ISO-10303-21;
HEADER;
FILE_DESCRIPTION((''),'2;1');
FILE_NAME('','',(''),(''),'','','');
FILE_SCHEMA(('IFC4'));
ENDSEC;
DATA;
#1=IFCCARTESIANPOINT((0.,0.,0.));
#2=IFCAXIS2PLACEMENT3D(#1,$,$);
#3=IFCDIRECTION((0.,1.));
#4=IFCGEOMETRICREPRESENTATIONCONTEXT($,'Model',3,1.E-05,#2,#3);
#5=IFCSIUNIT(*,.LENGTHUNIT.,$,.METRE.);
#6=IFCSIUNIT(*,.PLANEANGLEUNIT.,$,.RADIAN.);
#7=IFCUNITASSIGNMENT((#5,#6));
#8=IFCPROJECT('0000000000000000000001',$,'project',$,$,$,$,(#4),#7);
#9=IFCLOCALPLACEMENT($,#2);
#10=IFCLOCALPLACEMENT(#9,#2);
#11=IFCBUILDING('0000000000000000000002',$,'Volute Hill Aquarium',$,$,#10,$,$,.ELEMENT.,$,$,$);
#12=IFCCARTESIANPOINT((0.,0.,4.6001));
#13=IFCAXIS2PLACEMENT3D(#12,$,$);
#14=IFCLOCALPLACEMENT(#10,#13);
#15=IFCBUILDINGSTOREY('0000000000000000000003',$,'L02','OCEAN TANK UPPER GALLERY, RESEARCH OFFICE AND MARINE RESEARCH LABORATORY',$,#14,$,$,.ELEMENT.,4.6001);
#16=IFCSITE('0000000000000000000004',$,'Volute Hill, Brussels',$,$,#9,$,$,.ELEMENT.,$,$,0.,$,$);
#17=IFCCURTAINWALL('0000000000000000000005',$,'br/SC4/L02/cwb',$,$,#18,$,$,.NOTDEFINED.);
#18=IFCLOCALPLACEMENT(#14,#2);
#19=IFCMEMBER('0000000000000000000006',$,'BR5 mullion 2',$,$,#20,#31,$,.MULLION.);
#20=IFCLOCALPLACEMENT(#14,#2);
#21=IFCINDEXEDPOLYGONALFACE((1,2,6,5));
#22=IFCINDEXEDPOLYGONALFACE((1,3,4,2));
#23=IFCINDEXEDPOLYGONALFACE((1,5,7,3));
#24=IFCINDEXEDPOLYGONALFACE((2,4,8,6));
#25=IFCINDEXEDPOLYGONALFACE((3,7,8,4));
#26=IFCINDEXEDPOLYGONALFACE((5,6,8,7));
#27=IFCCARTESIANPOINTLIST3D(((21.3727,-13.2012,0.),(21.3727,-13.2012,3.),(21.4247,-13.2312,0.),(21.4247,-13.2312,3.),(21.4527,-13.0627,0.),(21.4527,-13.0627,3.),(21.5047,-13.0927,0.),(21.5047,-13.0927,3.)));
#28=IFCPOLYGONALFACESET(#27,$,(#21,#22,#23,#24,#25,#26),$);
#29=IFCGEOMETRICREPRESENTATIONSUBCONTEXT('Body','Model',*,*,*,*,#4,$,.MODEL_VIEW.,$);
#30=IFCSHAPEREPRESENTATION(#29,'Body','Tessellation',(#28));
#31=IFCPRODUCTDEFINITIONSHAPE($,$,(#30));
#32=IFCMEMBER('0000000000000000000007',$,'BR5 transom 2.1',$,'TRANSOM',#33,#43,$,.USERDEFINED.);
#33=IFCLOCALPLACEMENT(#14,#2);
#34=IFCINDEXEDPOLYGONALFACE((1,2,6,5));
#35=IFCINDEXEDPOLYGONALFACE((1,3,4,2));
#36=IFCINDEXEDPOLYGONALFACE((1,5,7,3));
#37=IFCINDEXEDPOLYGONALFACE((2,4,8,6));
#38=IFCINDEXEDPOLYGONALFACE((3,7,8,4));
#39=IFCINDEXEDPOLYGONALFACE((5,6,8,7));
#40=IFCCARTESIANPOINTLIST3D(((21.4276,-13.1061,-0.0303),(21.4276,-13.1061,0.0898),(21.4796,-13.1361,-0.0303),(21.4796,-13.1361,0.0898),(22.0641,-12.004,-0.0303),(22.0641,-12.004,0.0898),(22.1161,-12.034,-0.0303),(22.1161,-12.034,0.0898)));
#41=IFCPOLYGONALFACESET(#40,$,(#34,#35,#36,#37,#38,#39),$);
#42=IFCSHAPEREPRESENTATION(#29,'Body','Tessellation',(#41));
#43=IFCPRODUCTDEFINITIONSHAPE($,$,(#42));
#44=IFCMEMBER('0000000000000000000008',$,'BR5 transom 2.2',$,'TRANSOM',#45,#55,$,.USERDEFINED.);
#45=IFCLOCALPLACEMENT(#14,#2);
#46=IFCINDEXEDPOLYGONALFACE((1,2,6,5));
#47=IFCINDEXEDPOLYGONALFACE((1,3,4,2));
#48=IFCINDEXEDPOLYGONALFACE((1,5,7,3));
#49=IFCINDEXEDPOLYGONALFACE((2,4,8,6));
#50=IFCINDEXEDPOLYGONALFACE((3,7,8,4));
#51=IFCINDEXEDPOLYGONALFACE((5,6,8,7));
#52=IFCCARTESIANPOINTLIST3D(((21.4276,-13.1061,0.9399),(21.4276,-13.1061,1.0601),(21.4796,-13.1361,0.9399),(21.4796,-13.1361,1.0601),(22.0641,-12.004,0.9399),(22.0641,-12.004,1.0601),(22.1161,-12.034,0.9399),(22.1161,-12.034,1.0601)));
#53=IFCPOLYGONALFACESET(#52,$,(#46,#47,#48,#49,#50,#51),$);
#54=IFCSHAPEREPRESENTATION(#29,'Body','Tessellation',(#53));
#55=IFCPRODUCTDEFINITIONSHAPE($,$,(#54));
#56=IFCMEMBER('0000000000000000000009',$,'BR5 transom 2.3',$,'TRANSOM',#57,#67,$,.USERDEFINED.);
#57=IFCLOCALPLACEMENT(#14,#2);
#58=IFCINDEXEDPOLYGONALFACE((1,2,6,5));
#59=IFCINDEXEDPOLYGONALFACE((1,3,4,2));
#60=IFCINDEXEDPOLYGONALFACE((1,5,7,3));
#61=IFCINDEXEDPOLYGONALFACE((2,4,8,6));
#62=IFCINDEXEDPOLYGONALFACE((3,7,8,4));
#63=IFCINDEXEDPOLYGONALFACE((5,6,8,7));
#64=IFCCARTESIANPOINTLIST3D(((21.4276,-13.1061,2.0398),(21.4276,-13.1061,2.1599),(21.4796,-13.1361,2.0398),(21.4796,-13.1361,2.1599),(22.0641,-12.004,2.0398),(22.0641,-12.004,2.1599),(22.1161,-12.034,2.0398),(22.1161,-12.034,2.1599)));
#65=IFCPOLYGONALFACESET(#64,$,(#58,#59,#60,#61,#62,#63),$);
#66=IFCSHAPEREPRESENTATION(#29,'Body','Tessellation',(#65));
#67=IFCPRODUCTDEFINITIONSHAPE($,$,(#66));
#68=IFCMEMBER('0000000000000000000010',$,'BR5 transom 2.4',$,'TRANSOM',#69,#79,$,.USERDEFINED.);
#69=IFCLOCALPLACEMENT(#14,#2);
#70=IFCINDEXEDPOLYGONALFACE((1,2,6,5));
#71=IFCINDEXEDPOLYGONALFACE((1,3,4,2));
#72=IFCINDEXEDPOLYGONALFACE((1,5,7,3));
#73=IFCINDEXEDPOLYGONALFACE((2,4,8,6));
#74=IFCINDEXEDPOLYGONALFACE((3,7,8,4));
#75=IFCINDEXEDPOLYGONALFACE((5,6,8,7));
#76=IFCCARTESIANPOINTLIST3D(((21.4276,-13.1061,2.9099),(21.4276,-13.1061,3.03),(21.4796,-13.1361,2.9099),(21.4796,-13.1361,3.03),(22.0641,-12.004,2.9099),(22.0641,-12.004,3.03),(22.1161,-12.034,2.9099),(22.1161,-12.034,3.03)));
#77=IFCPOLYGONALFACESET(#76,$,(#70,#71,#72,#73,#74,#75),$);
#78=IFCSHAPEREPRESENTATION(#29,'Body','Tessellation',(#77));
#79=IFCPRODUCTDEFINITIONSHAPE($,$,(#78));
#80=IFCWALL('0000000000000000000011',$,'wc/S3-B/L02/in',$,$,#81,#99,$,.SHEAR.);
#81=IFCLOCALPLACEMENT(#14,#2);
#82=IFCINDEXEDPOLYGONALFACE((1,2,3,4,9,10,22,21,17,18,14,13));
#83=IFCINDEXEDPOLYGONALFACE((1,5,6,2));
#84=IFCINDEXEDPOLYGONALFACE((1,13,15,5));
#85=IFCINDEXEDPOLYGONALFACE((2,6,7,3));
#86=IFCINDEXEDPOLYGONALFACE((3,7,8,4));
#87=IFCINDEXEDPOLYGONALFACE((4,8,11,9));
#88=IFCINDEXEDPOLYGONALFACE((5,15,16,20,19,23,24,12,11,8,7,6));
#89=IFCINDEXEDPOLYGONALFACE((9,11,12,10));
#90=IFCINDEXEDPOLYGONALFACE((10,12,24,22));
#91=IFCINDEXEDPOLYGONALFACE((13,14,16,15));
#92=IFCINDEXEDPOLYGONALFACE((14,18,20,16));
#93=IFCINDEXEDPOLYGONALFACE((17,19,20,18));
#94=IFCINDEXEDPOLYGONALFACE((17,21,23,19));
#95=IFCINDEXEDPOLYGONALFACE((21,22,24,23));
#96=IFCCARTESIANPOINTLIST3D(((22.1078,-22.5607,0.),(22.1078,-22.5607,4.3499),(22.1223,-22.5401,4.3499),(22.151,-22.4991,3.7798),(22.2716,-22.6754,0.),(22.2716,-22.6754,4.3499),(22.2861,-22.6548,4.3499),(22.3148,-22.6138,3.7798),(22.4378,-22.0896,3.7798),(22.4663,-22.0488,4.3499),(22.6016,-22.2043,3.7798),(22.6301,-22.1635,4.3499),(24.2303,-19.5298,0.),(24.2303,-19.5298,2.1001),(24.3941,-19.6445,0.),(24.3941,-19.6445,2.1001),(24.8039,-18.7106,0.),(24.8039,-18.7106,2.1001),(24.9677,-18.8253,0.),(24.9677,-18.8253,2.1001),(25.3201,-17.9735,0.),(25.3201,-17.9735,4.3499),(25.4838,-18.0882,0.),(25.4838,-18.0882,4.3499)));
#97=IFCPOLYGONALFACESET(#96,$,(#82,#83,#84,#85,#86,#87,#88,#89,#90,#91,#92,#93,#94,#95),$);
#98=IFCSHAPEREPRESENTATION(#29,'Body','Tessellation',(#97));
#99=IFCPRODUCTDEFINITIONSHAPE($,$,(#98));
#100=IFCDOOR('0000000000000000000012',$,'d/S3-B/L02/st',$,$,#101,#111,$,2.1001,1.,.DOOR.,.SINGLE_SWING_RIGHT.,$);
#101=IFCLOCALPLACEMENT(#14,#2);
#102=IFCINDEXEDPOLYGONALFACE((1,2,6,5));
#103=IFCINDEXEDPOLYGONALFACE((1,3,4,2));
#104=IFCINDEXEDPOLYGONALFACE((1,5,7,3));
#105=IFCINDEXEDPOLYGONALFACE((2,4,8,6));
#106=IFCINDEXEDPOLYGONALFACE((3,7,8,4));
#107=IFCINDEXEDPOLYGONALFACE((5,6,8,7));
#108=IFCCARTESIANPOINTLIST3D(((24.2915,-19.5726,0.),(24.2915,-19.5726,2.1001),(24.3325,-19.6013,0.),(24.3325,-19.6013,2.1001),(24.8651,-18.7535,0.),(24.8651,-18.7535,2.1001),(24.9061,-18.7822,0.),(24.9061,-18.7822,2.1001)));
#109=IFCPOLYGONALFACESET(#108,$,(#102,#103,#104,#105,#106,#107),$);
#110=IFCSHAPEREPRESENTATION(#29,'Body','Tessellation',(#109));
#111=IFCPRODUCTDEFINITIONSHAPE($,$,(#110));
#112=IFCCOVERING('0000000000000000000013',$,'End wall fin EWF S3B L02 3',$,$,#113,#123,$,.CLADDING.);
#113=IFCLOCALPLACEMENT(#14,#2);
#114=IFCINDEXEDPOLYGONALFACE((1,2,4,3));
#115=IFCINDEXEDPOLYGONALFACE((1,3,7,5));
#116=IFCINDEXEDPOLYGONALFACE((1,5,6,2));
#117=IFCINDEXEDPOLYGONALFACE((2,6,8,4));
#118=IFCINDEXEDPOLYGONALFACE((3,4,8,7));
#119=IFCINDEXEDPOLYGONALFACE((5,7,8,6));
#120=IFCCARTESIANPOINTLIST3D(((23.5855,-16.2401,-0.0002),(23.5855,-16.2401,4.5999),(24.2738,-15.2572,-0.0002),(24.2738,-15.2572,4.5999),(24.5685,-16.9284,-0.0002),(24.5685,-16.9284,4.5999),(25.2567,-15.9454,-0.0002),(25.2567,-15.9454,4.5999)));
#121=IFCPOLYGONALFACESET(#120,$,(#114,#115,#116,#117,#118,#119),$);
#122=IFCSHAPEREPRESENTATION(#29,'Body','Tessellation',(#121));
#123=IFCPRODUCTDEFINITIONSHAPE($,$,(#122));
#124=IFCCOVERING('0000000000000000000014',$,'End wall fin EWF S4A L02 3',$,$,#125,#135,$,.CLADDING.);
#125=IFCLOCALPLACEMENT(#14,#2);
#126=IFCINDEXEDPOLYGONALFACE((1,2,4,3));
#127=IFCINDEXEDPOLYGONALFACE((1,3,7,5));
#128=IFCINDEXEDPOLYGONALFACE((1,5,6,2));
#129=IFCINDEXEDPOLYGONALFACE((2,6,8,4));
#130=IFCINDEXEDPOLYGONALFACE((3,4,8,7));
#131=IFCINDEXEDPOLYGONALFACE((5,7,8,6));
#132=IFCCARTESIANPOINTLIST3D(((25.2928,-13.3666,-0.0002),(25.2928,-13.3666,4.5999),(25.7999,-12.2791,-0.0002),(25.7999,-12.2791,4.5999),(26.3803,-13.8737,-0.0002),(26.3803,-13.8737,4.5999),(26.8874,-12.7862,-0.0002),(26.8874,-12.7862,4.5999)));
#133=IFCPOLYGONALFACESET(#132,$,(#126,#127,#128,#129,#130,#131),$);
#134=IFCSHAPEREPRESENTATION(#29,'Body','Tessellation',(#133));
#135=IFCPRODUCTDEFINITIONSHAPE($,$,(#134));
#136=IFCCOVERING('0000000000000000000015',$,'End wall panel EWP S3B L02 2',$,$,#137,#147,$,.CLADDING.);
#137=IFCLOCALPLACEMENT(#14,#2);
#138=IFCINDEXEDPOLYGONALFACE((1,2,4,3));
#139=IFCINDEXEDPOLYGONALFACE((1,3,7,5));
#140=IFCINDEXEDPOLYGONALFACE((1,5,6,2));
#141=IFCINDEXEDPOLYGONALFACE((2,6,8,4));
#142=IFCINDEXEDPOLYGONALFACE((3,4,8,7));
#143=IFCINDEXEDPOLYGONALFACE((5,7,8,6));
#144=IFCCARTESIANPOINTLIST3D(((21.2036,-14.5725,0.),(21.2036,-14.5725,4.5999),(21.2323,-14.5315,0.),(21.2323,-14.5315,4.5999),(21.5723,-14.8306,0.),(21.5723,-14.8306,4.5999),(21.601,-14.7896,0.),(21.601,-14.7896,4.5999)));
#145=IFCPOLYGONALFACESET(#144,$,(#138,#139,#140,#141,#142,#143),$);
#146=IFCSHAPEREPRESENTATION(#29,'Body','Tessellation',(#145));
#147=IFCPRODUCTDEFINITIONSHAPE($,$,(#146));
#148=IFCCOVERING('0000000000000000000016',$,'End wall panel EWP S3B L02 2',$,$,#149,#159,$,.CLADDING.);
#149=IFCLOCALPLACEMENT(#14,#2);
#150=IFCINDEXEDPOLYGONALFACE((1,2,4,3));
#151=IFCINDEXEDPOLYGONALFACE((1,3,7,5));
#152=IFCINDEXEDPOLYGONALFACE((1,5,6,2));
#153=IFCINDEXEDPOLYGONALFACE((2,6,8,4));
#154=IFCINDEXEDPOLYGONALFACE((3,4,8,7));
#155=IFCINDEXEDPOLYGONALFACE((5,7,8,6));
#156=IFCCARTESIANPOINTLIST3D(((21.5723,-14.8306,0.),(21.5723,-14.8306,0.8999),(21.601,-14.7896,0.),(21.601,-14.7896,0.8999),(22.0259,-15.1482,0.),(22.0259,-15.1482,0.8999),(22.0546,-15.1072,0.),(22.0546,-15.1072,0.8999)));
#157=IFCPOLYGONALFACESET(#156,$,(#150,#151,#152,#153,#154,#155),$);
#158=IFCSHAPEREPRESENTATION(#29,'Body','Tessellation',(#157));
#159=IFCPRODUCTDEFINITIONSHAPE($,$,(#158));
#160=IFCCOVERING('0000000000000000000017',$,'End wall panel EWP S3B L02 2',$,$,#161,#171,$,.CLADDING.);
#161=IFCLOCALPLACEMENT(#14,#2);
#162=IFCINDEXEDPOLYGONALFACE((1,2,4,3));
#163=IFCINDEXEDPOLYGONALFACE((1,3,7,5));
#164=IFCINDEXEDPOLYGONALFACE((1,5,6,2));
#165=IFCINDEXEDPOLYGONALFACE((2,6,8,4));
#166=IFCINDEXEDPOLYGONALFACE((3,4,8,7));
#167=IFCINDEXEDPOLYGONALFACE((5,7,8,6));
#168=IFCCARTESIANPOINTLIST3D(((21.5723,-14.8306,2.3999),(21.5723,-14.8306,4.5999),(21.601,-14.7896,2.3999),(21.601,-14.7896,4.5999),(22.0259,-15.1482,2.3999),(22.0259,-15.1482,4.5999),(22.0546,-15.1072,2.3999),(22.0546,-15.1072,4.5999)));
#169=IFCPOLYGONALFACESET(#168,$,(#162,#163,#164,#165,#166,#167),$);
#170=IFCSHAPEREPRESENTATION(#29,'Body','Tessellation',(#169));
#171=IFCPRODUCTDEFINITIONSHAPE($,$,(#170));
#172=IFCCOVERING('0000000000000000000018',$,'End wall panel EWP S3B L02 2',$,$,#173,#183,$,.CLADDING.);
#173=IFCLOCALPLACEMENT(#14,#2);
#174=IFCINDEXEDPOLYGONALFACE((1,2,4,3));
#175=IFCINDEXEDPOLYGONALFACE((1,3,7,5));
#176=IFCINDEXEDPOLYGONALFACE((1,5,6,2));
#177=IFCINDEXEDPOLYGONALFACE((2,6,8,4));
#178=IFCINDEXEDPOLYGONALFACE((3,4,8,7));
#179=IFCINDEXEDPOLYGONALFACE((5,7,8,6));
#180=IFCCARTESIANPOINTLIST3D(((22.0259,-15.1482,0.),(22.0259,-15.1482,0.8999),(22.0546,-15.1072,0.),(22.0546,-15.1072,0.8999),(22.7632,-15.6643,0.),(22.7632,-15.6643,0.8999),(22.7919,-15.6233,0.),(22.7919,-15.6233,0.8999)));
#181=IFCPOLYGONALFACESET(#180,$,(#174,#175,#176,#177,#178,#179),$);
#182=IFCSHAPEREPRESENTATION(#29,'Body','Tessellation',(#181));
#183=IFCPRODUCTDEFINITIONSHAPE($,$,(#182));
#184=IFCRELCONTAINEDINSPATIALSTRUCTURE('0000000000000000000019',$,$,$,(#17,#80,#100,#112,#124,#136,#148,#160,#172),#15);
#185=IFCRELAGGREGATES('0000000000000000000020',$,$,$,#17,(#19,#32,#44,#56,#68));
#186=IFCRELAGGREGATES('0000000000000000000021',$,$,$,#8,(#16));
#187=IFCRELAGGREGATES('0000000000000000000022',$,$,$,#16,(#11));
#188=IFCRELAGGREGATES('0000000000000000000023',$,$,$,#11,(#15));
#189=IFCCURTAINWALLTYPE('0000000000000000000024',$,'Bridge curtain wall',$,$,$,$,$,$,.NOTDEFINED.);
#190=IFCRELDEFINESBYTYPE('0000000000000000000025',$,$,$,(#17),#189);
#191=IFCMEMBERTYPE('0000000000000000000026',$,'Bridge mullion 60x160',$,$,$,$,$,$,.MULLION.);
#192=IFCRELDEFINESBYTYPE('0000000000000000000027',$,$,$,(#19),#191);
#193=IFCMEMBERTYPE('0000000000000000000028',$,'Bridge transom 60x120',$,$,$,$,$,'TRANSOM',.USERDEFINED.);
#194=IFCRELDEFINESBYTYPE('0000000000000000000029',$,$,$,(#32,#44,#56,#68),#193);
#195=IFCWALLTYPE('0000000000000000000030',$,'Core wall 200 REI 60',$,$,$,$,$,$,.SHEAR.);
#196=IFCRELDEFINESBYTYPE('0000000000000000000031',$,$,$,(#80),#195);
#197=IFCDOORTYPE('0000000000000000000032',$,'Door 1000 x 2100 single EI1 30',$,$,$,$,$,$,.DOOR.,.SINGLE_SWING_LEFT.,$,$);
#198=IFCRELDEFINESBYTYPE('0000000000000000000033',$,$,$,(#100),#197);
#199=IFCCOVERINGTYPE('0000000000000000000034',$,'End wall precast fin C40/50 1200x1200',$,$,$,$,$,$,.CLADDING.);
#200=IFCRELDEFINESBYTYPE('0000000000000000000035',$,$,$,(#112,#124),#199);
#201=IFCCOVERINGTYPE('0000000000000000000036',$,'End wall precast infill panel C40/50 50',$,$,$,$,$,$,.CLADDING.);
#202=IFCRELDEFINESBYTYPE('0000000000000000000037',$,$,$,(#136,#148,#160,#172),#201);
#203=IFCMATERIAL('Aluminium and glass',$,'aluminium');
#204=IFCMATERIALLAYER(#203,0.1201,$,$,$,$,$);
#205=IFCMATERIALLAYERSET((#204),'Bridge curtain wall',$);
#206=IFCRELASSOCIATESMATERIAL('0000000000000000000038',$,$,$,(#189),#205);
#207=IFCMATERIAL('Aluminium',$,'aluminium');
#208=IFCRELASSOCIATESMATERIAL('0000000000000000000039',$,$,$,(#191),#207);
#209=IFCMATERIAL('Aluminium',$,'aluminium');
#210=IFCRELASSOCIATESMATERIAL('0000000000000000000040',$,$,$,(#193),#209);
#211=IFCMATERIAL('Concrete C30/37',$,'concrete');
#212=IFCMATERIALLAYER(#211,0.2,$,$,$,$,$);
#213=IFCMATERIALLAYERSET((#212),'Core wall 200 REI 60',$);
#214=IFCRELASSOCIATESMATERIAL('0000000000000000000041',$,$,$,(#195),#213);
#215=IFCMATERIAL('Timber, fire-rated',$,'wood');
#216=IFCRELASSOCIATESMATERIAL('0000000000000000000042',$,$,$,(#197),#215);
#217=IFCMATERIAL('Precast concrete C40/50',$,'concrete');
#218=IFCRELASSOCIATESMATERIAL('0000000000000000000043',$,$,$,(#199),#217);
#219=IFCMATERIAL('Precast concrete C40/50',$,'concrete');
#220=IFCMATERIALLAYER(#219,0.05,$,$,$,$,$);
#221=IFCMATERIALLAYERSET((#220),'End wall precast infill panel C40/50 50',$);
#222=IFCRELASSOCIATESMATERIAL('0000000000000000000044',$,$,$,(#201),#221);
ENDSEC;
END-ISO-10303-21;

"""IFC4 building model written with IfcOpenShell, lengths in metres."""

from ifc_helpers import new_model, si_unit, direction, frame, frame_2d, origin, origin_2d, place, context, subcontext, project, spatial, polyline, rectangle, outline, extrude, material, layer, layer_set, material_profile, profile_set, type_object, element, fill, aggregate, save


model = new_model("IFC4")

# Units and contexts
model_context = context("Model", 3, precision=1e-05, world=origin(), true_north=direction((0.0, 1.0)))
body_context = subcontext(model_context, "Body", "Model", "MODEL_VIEW")
ifc_project = project(units=[si_unit("LENGTHUNIT", "METRE"), si_unit("PLANEANGLEUNIT", "RADIAN")], contexts=[model_context])

# Site, building, storey
site_placement = place(None, origin())
site = spatial("IfcSite", under=ifc_project, at=site_placement, Name="Volute Hill, Brussels", CompositionType="ELEMENT", RefElevation=0.0)
building_placement = place(site_placement, origin())
building = spatial("IfcBuilding", under=site, at=building_placement, Name="Volute Hill Aquarium", CompositionType="ELEMENT")
storey_placement = place(building_placement, frame((0.0, 0.0, 4.6001)))
storey = spatial("IfcBuildingStorey", under=building, at=storey_placement, Name="L02", Description="OCEAN TANK UPPER GALLERY, RESEARCH OFFICE AND MARINE RESEARCH LABORATORY", CompositionType="ELEMENT", Elevation=4.6001)

# Curtain wall, members
ifc_material_1 = material(Name="Aluminium and glass", Category="aluminium")
ifc_layer_1 = layer(ifc_material_1, 0.1201)
ifc_layer_set_1 = layer_set([ifc_layer_1], Name="Bridge curtain wall")
curtain_wall_type = type_object("IfcCurtainWallType", Name="Bridge curtain wall", PredefinedType="NOTDEFINED", material=ifc_layer_set_1)
curtain_wall_placement = place(storey_placement, origin())
curtain_wall = element("IfcCurtainWall", 1, at=curtain_wall_placement, inside=storey, type_object=curtain_wall_type, Name="br/SC4/L02/cwb", PredefinedType="NOTDEFINED")
ifc_material_2 = material(Name="Aluminium", Category="aluminium")
ifc_material_profile_1 = material_profile(ifc_material_2, rectangle(XDim=0.0601, YDim=0.1599, at=origin_2d()), Name="Aluminium mullion 60x160")
ifc_profile_set_1 = profile_set([ifc_material_profile_1], Name="Aluminium")
member_type_1 = type_object("IfcMemberType", Name="Bridge mullion 60x160", PredefinedType="MULLION", material=ifc_profile_set_1)
member_1_placement = place(storey_placement, frame((21.4387, -13.147, 0.0), z_axis=(0.0, 0.0, 1.0), x_axis=(-0.866022, 0.500005, 0.0)))
member_1 = element("IfcMember", 2, at=member_1_placement, type_object=member_type_1, Name="BR5 mullion 2", PredefinedType="MULLION", context=body_context, shape_type="SweptSolid", body=[
    extrude(rectangle(XDim=0.0601, YDim=0.1599, at=origin_2d()), origin(), (0.0, 0.0, 1.0), 3.0),
])
ifc_material_3 = material(Name="Aluminium", Category="aluminium")
ifc_material_profile_2 = material_profile(ifc_material_3, rectangle(XDim=0.0601, YDim=0.1201, at=origin_2d()), Name="Aluminium transom 60x120")
ifc_profile_set_2 = profile_set([ifc_material_profile_2], Name="Aluminium")
member_type_2 = type_object("IfcMemberType", Name="Bridge transom 60x120", ElementType="TRANSOM", PredefinedType="USERDEFINED", material=ifc_profile_set_2)
member_2_placement = place(storey_placement, frame((21.4536, -13.1211, 0.0298), z_axis=(0.500121, 0.865956, 0.0), x_axis=(-0.865956, 0.500121, 0.0)))
member_2 = element("IfcMember", 3, at=member_2_placement, type_object=member_type_2, Name="BR5 transom 2.1", ObjectType="TRANSOM", PredefinedType="USERDEFINED", context=body_context, shape_type="SweptSolid", body=[
    extrude(rectangle(XDim=0.0601, YDim=0.1201, at=origin_2d()), origin(), (0.0, 0.0, 1.0), 1.2727),
])
member_3_placement = place(storey_placement, frame((21.4536, -13.1211, 1.0), z_axis=(0.500121, 0.865956, 0.0), x_axis=(-0.865956, 0.500121, 0.0)))
member_3 = element("IfcMember", 4, at=member_3_placement, type_object=member_type_2, Name="BR5 transom 2.2", ObjectType="TRANSOM", PredefinedType="USERDEFINED", context=body_context, shape_type="SweptSolid", body=[
    extrude(rectangle(XDim=0.0601, YDim=0.1201, at=origin_2d()), origin(), (0.0, 0.0, 1.0), 1.2727),
])
member_4_placement = place(storey_placement, frame((21.4536, -13.1211, 2.0999), z_axis=(0.500121, 0.865956, 0.0), x_axis=(-0.865956, 0.500121, 0.0)))
member_4 = element("IfcMember", 5, at=member_4_placement, type_object=member_type_2, Name="BR5 transom 2.3", ObjectType="TRANSOM", PredefinedType="USERDEFINED", context=body_context, shape_type="SweptSolid", body=[
    extrude(rectangle(XDim=0.0601, YDim=0.1201, at=origin_2d()), origin(), (0.0, 0.0, 1.0), 1.2727),
])
member_5_placement = place(storey_placement, frame((21.4536, -13.1211, 2.97), z_axis=(0.500121, 0.865956, 0.0), x_axis=(-0.865956, 0.500121, 0.0)))
member_5 = element("IfcMember", 6, at=member_5_placement, type_object=member_type_2, Name="BR5 transom 2.4", ObjectType="TRANSOM", PredefinedType="USERDEFINED", context=body_context, shape_type="SweptSolid", body=[
    extrude(rectangle(XDim=0.0601, YDim=0.1201, at=origin_2d()), origin(), (0.0, 0.0, 1.0), 1.2727),
])
aggregate(curtain_wall, [member_1, member_2, member_3, member_4, member_5])

# Wall, opening, door
ifc_material_4 = material(Name="Concrete C30/37", Category="concrete")
ifc_layer_2 = layer(ifc_material_4, 0.2)
ifc_layer_set_2 = layer_set([ifc_layer_2], Name="Core wall 200 REI 60")
wall_type = type_object("IfcWallType", Name="Core wall 200 REI 60", PredefinedType="SHEAR", material=ifc_layer_set_2)
wall_placement = place(storey_placement, frame((25.4019, -18.0308, 0.0), z_axis=(0.0, 0.0, 1.0), x_axis=(-0.5736, -0.819136, 0.0)))
wall = element("IfcWall", 7, at=wall_placement, inside=storey, type_object=wall_type, Name="wc/S3-B/L02/in", PredefinedType="SHEAR", context=body_context, shape_type="SweptSolid", body=[
    extrude(outline(polyline([(0.0, 0.0), (5.6001, 0.0), (5.6001, 4.3499), (5.575, 4.3499), (5.5249, 3.7798), (5.0249, 3.7798), (4.9751, 4.3499), (0.0, 4.3499), (0.0, 0.0)])), frame((0.0, 0.1001, 0.0), z_axis=(0.0, -1.0, 0.0), x_axis=(1.0, 0.0, 0.0)), (0.0, 0.0, 1.0), 0.2),
])
opening_placement = place(wall_placement, frame((0.8999, 0.0, 0.0)))
opening = element("IfcOpeningElement", 8, at=opening_placement, cuts=wall, PredefinedType="OPENING", context=body_context, shape_type="SweptSolid", body=[
    extrude(rectangle(XDim=1.0, YDim=2.1001, at=frame_2d((0.5, 1.05))), frame((0.0, 0.1099, 0.0), z_axis=(0.0, -1.0, 0.0), x_axis=(1.0, 0.0, 0.0)), (0.0, 0.0, 1.0), 0.22),
])
ifc_material_5 = material(Name="Timber, fire-rated", Category="wood")
door_type = type_object("IfcDoorType", Name="Door 1000 x 2100 single EI1 30", OperationType="SINGLE_SWING_LEFT", PredefinedType="DOOR", material=ifc_material_5)
door_placement = place(opening_placement, origin())
door = element("IfcDoor", 9, at=door_placement, inside=storey, type_object=door_type, Name="d/S3-B/L02/st", OperationType="SINGLE_SWING_RIGHT", OverallHeight=2.1001, OverallWidth=1.0, PredefinedType="DOOR", context=body_context, shape_type="SweptSolid", body=[
    extrude(rectangle(XDim=1.0, YDim=2.1001, at=frame_2d((0.5, 1.05))), frame((0.0, 0.0249, 0.0), z_axis=(0.0, -1.0, 0.0), x_axis=(1.0, 0.0, 0.0)), (0.0, 0.0, 1.0), 0.05),
])
fill(opening, door)

# Coverings
ifc_material_6 = material(Name="Precast concrete C40/50", Category="concrete")
covering_type_1 = type_object("IfcCoveringType", Name="End wall precast fin C40/50 1200x1200", PredefinedType="CLADDING", material=ifc_material_6)
for number, where, z_axis, x_axis, name in (
    (10, (24.4211, -16.0928, -0.0002), (0.0, 0.0, 1.0), (0.819152, -0.573576, 0.0), "End wall fin EWF S3B L02 3"),
    (11, (26.0901, -13.0764, -0.0002), (0.0, 0.0, 1.0), (0.906309, -0.422616, 0.0), "End wall fin EWF S4A L02 3"),
):
    element("IfcCovering", number, at=place(storey_placement, frame(where, z_axis=z_axis, x_axis=x_axis)), inside=storey, type_object=covering_type_1, Name=name, PredefinedType="CLADDING", context=body_context, shape_type="SweptSolid", body=[
        extrude(rectangle(XDim=1.2, YDim=1.2, at=origin_2d()), origin(), (0.0, 0.0, 1.0), 4.6001),
    ])
ifc_material_7 = material(Name="Precast concrete C40/50", Category="concrete")
ifc_layer_3 = layer(ifc_material_7, 0.05)
ifc_layer_set_3 = layer_set([ifc_layer_3], Name="End wall precast infill panel C40/50 50")
covering_type_2 = type_object("IfcCoveringType", Name="End wall precast infill panel C40/50 50", PredefinedType="CLADDING", material=ifc_layer_set_3)
covering_1_placement = place(storey_placement, frame((21.2036, -14.5725, 0.0), z_axis=(-0.573462, -0.819232, 0.0), x_axis=(0.819232, -0.573462, 0.0)))
element("IfcCovering", 12, at=covering_1_placement, inside=storey, type_object=covering_type_2, Name="End wall panel EWP S3B L02 2", PredefinedType="CLADDING", context=body_context, shape_type="SweptSolid", body=[
    extrude(outline(polyline([(0.0, 0.0), (0.45, 0.0), (0.45, 4.5999), (0.0, 4.5999), (0.0, 0.0)])), origin(), (0.0, 0.0, -1.0), 0.05),
])
covering_2_placement = place(storey_placement, frame((21.5723, -14.8306, 0.0), z_axis=(-0.573581, -0.819149, 0.0), x_axis=(0.819149, -0.573581, 0.0)))
element("IfcCovering", 13, at=covering_2_placement, inside=storey, type_object=covering_type_2, Name="End wall panel EWP S3B L02 2", PredefinedType="CLADDING", context=body_context, shape_type="SweptSolid", body=[
    extrude(outline(polyline([(0.0, 0.0), (0.5538, 0.0), (0.5538, 0.8999), (0.0, 0.8999), (0.0, 0.0)])), origin(), (0.0, 0.0, -1.0), 0.05),
])
covering_3_placement = place(storey_placement, frame((21.5723, -14.8306, 2.3999), z_axis=(-0.573581, -0.819149, 0.0), x_axis=(0.819149, -0.573581, 0.0)))
element("IfcCovering", 14, at=covering_3_placement, inside=storey, type_object=covering_type_2, Name="End wall panel EWP S3B L02 2", PredefinedType="CLADDING", context=body_context, shape_type="SweptSolid", body=[
    extrude(outline(polyline([(0.0, 0.0), (0.5538, 0.0), (0.5538, 2.2), (0.0, 2.2), (0.0, 0.0)])), origin(), (0.0, 0.0, -1.0), 0.05),
])
covering_4_placement = place(storey_placement, frame((22.0259, -15.1482, 0.0), z_axis=(-0.573462, -0.819232, 0.0), x_axis=(0.819232, -0.573462, 0.0)))
element("IfcCovering", 15, at=covering_4_placement, inside=storey, type_object=covering_type_2, Name="End wall panel EWP S3B L02 2", PredefinedType="CLADDING", context=body_context, shape_type="SweptSolid", body=[
    extrude(outline(polyline([(0.0, 0.0), (0.9, 0.0), (0.9, 0.8999), (0.0, 0.8999), (0.0, 0.0)])), origin(), (0.0, 0.0, -1.0), 0.05),
])

save(model, "model.ifc")
